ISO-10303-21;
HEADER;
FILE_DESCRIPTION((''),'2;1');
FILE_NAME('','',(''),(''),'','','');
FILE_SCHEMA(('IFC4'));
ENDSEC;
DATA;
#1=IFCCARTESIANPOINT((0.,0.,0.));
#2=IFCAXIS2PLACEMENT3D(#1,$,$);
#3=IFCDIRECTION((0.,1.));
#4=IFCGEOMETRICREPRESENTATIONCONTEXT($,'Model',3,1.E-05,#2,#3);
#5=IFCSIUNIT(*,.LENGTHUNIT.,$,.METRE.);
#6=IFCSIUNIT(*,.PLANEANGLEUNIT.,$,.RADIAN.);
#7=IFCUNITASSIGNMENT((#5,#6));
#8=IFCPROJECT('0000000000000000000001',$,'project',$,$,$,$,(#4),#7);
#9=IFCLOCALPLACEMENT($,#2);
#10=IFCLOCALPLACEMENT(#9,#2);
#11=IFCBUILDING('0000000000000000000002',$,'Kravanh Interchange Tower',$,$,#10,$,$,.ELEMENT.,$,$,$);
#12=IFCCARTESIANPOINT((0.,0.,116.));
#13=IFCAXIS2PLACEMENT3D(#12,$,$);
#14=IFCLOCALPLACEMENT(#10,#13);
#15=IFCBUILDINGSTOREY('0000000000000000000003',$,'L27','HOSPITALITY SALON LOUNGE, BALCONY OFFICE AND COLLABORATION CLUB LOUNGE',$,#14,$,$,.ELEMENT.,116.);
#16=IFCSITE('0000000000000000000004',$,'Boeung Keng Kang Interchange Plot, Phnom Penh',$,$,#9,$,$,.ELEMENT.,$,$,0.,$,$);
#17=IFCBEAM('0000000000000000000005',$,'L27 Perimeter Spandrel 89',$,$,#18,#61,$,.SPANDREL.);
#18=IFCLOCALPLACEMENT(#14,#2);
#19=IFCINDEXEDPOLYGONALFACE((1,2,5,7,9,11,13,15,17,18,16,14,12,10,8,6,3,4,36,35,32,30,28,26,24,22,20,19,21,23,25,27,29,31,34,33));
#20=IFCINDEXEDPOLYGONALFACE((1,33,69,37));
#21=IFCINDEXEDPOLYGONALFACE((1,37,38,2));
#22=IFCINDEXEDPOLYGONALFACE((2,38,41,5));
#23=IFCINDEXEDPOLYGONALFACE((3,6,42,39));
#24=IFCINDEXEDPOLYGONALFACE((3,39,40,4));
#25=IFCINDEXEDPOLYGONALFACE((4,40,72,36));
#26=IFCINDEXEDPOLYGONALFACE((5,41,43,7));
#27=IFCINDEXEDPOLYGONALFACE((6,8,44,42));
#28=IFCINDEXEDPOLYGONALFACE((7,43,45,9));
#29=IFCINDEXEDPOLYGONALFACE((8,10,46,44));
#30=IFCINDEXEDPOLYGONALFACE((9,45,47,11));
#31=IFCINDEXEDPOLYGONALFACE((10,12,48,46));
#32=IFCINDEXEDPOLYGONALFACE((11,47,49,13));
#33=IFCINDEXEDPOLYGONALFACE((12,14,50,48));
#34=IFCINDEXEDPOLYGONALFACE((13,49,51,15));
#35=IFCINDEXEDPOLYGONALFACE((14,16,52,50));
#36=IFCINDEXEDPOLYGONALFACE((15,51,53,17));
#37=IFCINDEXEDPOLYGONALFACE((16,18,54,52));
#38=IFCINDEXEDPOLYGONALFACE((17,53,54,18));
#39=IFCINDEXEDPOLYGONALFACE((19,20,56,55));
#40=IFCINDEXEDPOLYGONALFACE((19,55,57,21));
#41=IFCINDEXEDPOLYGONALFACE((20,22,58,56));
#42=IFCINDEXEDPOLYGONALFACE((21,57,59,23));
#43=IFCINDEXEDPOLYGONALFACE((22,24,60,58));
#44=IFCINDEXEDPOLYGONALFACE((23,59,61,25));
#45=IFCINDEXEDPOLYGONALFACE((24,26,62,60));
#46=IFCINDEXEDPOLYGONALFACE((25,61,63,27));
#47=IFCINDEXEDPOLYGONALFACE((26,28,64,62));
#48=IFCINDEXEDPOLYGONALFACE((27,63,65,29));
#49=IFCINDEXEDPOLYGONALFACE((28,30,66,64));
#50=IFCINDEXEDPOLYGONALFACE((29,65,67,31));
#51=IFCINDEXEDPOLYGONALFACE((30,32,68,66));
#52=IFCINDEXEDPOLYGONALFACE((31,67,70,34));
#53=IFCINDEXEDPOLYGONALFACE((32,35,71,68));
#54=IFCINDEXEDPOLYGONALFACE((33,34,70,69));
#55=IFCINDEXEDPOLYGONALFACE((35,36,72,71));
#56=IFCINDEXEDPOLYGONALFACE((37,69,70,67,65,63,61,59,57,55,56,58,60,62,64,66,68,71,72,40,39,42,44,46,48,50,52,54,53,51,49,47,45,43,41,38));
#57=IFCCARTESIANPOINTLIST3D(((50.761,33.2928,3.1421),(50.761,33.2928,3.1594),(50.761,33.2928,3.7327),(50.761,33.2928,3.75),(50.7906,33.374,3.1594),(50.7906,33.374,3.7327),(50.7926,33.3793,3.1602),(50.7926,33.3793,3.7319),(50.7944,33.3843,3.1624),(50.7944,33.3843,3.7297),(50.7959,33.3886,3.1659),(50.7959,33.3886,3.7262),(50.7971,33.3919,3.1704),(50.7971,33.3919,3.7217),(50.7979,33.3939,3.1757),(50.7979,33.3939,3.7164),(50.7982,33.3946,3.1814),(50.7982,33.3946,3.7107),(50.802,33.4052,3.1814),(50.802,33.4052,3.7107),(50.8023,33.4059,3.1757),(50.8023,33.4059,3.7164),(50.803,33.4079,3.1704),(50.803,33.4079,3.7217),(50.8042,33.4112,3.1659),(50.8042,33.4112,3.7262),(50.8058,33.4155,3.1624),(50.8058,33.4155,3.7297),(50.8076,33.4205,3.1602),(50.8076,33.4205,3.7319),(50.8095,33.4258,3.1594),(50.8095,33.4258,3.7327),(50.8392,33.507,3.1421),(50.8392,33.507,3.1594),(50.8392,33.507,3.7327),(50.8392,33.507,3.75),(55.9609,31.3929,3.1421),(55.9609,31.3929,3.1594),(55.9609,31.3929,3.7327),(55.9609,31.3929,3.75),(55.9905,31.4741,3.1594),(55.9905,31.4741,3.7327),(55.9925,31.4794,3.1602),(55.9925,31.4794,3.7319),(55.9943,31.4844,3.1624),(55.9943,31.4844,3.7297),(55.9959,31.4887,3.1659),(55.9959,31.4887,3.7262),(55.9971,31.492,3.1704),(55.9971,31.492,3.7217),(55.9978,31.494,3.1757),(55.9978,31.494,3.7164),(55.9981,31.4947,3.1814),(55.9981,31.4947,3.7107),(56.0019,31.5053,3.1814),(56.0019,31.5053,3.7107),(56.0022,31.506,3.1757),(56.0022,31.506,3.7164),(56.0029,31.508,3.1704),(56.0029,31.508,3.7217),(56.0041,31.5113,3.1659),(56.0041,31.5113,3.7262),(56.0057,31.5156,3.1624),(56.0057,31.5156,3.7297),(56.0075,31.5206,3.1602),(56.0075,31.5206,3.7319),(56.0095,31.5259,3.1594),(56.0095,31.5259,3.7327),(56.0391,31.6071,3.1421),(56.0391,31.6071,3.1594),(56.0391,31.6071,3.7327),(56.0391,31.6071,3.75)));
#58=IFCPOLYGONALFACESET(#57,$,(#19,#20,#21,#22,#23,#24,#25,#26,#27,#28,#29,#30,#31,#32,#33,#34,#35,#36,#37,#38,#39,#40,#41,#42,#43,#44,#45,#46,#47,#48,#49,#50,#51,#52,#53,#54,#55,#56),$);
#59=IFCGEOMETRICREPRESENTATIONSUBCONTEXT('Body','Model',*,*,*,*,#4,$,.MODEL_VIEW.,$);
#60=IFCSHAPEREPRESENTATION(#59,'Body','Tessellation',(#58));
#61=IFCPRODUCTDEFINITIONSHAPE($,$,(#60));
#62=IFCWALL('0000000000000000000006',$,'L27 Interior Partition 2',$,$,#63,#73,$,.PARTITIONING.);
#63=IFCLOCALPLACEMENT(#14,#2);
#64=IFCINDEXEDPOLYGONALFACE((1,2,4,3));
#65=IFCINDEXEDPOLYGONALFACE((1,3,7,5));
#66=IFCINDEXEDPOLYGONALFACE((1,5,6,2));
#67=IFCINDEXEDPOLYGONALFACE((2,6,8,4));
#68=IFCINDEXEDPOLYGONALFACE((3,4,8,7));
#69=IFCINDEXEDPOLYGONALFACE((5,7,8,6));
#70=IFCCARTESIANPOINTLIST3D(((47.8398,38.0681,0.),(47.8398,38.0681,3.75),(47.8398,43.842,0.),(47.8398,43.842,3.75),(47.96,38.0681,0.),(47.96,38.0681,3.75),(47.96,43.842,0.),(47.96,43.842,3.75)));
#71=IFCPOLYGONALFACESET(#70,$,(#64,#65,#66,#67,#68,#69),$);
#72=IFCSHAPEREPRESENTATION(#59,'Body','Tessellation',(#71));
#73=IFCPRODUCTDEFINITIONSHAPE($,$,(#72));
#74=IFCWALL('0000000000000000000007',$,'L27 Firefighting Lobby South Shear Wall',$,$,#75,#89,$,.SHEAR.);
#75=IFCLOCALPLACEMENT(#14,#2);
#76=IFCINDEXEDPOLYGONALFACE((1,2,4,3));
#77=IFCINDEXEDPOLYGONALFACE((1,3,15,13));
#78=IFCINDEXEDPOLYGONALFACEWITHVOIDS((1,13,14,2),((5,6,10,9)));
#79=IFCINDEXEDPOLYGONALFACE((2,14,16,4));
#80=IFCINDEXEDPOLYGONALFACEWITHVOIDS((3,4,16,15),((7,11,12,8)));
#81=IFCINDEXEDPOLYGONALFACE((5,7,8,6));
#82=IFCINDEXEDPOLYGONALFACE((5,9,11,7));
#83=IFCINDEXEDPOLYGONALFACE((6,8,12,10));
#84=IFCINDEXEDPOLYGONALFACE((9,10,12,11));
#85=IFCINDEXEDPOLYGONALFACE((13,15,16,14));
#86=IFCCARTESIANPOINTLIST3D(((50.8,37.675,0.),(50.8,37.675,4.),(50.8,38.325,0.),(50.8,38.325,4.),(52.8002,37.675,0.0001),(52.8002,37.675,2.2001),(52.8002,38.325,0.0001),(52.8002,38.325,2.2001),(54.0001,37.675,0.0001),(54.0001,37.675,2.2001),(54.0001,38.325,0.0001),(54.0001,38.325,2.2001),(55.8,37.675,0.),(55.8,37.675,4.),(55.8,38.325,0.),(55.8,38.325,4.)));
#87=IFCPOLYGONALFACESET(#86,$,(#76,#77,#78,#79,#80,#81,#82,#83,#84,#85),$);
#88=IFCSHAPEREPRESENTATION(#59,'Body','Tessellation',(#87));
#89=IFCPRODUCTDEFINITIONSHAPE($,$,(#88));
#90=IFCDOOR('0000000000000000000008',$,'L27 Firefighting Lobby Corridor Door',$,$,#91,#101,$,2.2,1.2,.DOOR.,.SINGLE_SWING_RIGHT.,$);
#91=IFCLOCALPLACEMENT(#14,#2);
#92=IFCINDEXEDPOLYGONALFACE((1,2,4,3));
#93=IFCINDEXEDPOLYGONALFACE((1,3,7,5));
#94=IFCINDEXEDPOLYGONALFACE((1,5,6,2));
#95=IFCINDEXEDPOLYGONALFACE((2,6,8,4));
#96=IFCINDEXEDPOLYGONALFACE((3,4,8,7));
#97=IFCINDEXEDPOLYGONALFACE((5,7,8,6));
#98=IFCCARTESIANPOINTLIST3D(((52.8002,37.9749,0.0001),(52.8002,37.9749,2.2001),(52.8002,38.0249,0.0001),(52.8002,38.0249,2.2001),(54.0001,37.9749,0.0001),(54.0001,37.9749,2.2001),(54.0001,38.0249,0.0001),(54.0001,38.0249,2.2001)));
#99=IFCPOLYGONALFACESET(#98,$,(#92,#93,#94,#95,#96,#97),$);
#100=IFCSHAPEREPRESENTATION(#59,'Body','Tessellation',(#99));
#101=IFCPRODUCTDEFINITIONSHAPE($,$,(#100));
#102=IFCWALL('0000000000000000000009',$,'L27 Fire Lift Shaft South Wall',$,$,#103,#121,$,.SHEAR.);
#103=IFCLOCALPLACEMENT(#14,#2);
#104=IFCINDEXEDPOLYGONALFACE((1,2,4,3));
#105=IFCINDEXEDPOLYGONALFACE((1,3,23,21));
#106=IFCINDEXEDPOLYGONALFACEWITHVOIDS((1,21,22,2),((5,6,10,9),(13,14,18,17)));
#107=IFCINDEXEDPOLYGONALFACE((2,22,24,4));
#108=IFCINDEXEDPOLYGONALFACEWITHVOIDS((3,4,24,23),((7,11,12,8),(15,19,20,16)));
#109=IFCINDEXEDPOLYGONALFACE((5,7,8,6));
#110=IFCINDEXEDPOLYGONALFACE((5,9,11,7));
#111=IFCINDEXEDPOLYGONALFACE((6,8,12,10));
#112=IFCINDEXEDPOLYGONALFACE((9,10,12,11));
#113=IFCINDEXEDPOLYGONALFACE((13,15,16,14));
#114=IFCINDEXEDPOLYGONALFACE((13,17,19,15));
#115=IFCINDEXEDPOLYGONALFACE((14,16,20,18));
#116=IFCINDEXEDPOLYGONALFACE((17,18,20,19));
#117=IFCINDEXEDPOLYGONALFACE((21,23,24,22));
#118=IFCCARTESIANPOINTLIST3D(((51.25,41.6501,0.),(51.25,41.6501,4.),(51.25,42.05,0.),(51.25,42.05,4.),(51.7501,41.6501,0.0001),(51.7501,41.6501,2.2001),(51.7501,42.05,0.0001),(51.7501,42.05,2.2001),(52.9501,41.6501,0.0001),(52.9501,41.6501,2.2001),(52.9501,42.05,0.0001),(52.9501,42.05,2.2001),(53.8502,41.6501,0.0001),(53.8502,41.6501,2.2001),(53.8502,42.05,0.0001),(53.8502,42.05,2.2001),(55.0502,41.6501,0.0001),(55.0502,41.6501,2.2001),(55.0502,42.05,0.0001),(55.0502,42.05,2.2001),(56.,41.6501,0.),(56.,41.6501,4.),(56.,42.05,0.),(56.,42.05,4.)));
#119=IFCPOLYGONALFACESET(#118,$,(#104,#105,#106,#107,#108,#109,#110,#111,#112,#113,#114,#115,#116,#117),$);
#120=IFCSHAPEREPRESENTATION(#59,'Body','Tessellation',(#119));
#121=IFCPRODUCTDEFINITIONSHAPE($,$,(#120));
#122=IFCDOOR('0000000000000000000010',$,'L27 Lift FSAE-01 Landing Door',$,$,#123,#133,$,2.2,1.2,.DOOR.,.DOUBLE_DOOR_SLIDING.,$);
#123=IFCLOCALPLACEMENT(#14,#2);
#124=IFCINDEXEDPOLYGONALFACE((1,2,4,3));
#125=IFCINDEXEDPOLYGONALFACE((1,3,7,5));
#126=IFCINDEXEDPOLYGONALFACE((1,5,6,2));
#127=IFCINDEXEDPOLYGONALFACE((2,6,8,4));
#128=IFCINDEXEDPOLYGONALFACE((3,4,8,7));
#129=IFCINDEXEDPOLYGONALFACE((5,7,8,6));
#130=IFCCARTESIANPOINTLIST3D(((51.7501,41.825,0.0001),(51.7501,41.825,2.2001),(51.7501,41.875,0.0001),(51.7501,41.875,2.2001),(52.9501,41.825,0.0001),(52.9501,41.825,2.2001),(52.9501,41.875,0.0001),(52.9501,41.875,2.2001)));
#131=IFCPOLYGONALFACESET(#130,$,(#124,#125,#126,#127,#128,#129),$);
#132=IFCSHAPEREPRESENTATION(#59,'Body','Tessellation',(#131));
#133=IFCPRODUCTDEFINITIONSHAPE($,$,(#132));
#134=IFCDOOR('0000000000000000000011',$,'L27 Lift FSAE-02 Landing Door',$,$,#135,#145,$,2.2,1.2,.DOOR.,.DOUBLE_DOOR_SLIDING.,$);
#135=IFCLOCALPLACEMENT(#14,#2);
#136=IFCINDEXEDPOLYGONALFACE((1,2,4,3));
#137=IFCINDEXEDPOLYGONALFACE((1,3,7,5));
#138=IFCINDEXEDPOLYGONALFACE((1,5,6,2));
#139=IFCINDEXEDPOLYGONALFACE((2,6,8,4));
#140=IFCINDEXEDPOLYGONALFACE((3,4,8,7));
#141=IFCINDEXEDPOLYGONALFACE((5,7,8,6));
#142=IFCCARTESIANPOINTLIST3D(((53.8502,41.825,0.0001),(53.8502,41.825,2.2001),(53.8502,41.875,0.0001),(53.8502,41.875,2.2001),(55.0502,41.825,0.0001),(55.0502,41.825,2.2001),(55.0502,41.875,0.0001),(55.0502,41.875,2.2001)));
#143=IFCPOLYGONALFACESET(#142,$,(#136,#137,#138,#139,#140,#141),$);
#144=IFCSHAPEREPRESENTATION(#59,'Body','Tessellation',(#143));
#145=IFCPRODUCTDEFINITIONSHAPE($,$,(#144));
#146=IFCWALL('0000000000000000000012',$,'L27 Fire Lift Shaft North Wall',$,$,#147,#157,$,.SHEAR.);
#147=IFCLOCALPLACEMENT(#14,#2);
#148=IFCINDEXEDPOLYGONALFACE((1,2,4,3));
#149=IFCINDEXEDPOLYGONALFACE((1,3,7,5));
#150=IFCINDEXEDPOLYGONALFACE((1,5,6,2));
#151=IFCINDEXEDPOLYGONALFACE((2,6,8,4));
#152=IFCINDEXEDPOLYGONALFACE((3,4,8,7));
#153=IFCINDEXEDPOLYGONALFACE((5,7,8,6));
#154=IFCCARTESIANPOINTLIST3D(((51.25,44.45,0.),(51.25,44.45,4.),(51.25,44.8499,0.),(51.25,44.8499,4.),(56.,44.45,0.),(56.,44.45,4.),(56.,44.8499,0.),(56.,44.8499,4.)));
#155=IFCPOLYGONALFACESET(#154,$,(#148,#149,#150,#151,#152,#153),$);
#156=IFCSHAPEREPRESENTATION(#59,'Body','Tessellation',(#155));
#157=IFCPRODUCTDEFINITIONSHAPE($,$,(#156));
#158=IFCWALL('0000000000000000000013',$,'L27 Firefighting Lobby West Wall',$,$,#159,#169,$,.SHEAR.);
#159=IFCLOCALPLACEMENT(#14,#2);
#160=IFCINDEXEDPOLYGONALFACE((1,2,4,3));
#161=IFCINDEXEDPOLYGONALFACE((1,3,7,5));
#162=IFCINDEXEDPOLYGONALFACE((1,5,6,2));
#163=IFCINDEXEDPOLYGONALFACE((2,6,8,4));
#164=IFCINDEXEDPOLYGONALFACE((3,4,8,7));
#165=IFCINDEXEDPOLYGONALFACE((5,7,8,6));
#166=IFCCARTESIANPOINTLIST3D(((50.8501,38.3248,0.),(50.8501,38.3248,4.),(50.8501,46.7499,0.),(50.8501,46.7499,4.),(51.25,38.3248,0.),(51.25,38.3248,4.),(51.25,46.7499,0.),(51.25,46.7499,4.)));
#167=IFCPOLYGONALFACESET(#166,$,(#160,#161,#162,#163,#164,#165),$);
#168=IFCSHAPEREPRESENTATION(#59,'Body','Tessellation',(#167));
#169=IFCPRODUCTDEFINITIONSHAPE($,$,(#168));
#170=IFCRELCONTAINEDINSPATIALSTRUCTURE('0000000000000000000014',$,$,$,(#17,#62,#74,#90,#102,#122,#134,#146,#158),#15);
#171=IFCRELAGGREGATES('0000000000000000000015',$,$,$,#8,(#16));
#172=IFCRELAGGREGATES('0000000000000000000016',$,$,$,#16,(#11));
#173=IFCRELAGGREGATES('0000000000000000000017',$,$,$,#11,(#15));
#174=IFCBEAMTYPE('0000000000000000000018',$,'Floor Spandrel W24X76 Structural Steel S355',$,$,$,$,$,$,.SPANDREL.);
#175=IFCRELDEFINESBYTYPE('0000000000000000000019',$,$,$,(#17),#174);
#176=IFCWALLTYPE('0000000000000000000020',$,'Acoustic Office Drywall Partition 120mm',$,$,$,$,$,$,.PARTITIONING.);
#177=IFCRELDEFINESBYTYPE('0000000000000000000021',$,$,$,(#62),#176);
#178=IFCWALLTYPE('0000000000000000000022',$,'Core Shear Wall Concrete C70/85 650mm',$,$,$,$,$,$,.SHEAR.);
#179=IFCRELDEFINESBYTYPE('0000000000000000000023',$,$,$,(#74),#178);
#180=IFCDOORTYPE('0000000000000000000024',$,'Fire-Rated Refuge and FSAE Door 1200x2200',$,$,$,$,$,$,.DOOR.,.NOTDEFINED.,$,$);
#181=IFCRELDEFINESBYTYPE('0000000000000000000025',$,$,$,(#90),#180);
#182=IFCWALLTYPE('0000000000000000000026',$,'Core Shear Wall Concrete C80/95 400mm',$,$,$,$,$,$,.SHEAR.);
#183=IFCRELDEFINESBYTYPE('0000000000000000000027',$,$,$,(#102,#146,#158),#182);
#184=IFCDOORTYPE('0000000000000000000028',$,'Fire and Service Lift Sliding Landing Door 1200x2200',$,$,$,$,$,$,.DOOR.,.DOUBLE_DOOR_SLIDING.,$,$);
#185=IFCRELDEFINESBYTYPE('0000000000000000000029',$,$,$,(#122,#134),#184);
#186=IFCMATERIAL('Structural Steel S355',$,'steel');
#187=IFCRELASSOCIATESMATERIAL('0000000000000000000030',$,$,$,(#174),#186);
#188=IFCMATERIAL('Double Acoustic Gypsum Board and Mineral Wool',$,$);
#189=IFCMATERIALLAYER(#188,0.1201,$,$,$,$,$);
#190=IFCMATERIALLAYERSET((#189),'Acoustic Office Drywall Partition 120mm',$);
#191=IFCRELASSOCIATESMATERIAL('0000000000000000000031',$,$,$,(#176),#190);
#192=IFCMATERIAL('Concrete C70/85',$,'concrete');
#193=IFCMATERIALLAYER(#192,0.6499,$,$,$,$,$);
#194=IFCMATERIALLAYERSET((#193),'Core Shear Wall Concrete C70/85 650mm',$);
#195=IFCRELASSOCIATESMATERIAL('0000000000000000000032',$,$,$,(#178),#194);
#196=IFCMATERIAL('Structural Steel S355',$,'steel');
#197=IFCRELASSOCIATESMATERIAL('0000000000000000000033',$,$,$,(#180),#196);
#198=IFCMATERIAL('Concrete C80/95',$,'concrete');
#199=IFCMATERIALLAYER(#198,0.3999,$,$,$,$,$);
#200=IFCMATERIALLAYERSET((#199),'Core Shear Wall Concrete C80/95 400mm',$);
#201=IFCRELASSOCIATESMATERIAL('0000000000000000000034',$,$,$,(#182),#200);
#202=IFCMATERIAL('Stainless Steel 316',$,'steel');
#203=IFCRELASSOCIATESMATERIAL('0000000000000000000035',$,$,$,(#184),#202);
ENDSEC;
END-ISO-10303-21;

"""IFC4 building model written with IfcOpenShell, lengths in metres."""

from ifc_helpers import new_model, si_unit, direction, frame, frame_2d, origin, origin_2d, place, context, subcontext, project, spatial, rectangle, i_section, extrude, material, layer, layer_set, material_profile, profile_set, type_object, element, fill, save


model = new_model("IFC4")

# Units and contexts
model_context = context("Model", 3, precision=1e-05, world=origin(), true_north=direction((0.0, 1.0)))
body_context = subcontext(model_context, "Body", "Model", "MODEL_VIEW")
ifc_project = project(units=[si_unit("LENGTHUNIT", "METRE"), si_unit("PLANEANGLEUNIT", "RADIAN")], contexts=[model_context])

# Site, building, storey
site_placement = place(None, origin())
site = spatial("IfcSite", under=ifc_project, at=site_placement, Name="Boeung Keng Kang Interchange Plot, Phnom Penh", CompositionType="ELEMENT", RefElevation=0.0)
building_placement = place(site_placement, origin())
building = spatial("IfcBuilding", under=site, at=building_placement, Name="Kravanh Interchange Tower", CompositionType="ELEMENT")
storey_placement = place(building_placement, frame((0.0, 0.0, 116.0)))
storey = spatial("IfcBuildingStorey", under=building, at=storey_placement, Name="L27", Description="HOSPITALITY SALON LOUNGE, BALCONY OFFICE AND COLLABORATION CLUB LOUNGE", CompositionType="ELEMENT", Elevation=116.0)

# Beam
ifc_material_1 = material(Name="Structural Steel S355", Category="steel")
ifc_material_profile_1 = material_profile(ifc_material_1, i_section(OverallWidth=0.228, OverallDepth=0.6079, WebThickness=0.0112, FlangeThickness=0.0173, FilletRadius=0.022, at=origin_2d()), Name="W24X76")
ifc_profile_set_1 = profile_set([ifc_material_profile_1], Name="Structural Steel S355")
beam_type_1 = type_object("IfcBeamType", Name="Floor Spandrel W24X76 Structural Steel S355", PredefinedType="SPANDREL", material=ifc_profile_set_1)
beam_1_placement = place(storey_placement, frame((56.0, 31.5, 3.446), z_axis=(-0.93927, 0.34318, 0.0), x_axis=(-0.34318, -0.93927, 0.0)))
element("IfcBeam", 1, at=beam_1_placement, inside=storey, type_object=beam_type_1, Name="L27 Perimeter Spandrel 89", PredefinedType="SPANDREL", context=body_context, shape_type="SweptSolid", body=[
    extrude(i_section(OverallWidth=0.228, OverallDepth=0.6079, WebThickness=0.0112, FlangeThickness=0.0173, FilletRadius=0.022, at=origin_2d()), origin(), (0.0, 0.0, 1.0), 5.5361),
])

# Wall
ifc_material_2 = material(Name="Double Acoustic Gypsum Board and Mineral Wool")
ifc_layer_1 = layer(ifc_material_2, 0.1201)
ifc_layer_set_1 = layer_set([ifc_layer_1], Name="Acoustic Office Drywall Partition 120mm")
wall_type_1 = type_object("IfcWallType", Name="Acoustic Office Drywall Partition 120mm", PredefinedType="PARTITIONING", material=ifc_layer_set_1)
wall_1_placement = place(storey_placement, frame((47.8999, 38.0681, 0.0), z_axis=(0.0, 0.0, 1.0), x_axis=(0.0, 1.0, 0.0)))
element("IfcWall", 2, at=wall_1_placement, inside=storey, type_object=wall_type_1, Name="L27 Interior Partition 2", PredefinedType="PARTITIONING", context=body_context, shape_type="SweptSolid", body=[
    extrude(rectangle(XDim=5.7739, YDim=0.1201, at=frame_2d((2.887, 0.0))), origin(), (0.0, 0.0, 1.0), 3.75),
])

# Shared definitions
ifc_material_3 = material(Name="Concrete C70/85", Category="concrete")
ifc_layer_2 = layer(ifc_material_3, 0.6499)
ifc_layer_set_2 = layer_set([ifc_layer_2], Name="Core Shear Wall Concrete C70/85 650mm")
wall_type_2 = type_object("IfcWallType", Name="Core Shear Wall Concrete C70/85 650mm", PredefinedType="SHEAR", material=ifc_layer_set_2)

# Wall, opening, door
wall_2_placement = place(storey_placement, frame((50.8, 38.0, 0.0), z_axis=(0.0, 0.0, 1.0), x_axis=(1.0, 0.0, 0.0)))
wall_2 = element("IfcWall", 3, at=wall_2_placement, inside=storey, type_object=wall_type_2, Name="L27 Firefighting Lobby South Shear Wall", PredefinedType="SHEAR", context=body_context, shape_type="SweptSolid", body=[
    extrude(rectangle(XDim=5.0, YDim=0.6499, at=frame_2d((2.5, 0.0))), origin(), (0.0, 0.0, 1.0), 4.0),
])
opening_1_placement = place(wall_2_placement, frame((2.0, 0.0, 0.0)))
opening_1 = element("IfcOpeningElement", 4, at=opening_1_placement, cuts=wall_2, PredefinedType="OPENING", context=body_context, shape_type="SweptSolid", body=[
    extrude(rectangle(XDim=1.2, YDim=2.2, at=frame_2d((0.6001, 1.1001))), frame((0.0, 0.335, 0.0), z_axis=(0.0, -1.0, 0.0), x_axis=(1.0, 0.0, 0.0)), (0.0, 0.0, 1.0), 0.6699),
])
ifc_material_4 = material(Name="Structural Steel S355", Category="steel")
door_type_1 = type_object("IfcDoorType", Name="Fire-Rated Refuge and FSAE Door 1200x2200", OperationType="NOTDEFINED", PredefinedType="DOOR", material=ifc_material_4)
door_1_placement = place(opening_1_placement, origin())
door_1 = element("IfcDoor", 5, at=door_1_placement, inside=storey, type_object=door_type_1, Name="L27 Firefighting Lobby Corridor Door", OperationType="SINGLE_SWING_RIGHT", OverallHeight=2.2, OverallWidth=1.2, PredefinedType="DOOR", context=body_context, shape_type="SweptSolid", body=[
    extrude(rectangle(XDim=1.2, YDim=2.2, at=frame_2d((0.6001, 1.1001))), frame((0.0, 0.0249, 0.0), z_axis=(0.0, -1.0, 0.0), x_axis=(1.0, 0.0, 0.0)), (0.0, 0.0, 1.0), 0.05),
])
fill(opening_1, door_1)

# Wall, openings, doors
ifc_material_5 = material(Name="Concrete C80/95", Category="concrete")
ifc_layer_3 = layer(ifc_material_5, 0.3999)
ifc_layer_set_3 = layer_set([ifc_layer_3], Name="Core Shear Wall Concrete C80/95 400mm")
wall_type_3 = type_object("IfcWallType", Name="Core Shear Wall Concrete C80/95 400mm", PredefinedType="SHEAR", material=ifc_layer_set_3)
wall_3_placement = place(storey_placement, frame((51.25, 41.8501, 0.0), z_axis=(0.0, 0.0, 1.0), x_axis=(1.0, 0.0, 0.0)))
wall_3 = element("IfcWall", 6, at=wall_3_placement, inside=storey, type_object=wall_type_3, Name="L27 Fire Lift Shaft South Wall", PredefinedType="SHEAR", context=body_context, shape_type="SweptSolid", body=[
    extrude(rectangle(XDim=4.75, YDim=0.3999, at=frame_2d((2.375, 0.0))), origin(), (0.0, 0.0, 1.0), 4.0),
])
opening_2_placement = place(wall_3_placement, frame((0.5, 0.0, 0.0)))
opening_2 = element("IfcOpeningElement", 7, at=opening_2_placement, cuts=wall_3, PredefinedType="OPENING", context=body_context, shape_type="SweptSolid", body=[
    extrude(rectangle(XDim=1.2, YDim=2.2, at=frame_2d((0.6001, 1.1001))), frame((0.0, 0.21, 0.0), z_axis=(0.0, -1.0, 0.0), x_axis=(1.0, 0.0, 0.0)), (0.0, 0.0, 1.0), 0.4199),
])
opening_3_placement = place(wall_3_placement, frame((2.6001, 0.0, 0.0)))
opening_3 = element("IfcOpeningElement", 8, at=opening_3_placement, cuts=wall_3, PredefinedType="OPENING", context=body_context, shape_type="SweptSolid", body=[
    extrude(rectangle(XDim=1.2, YDim=2.2, at=frame_2d((0.6001, 1.1001))), frame((0.0, 0.21, 0.0), z_axis=(0.0, -1.0, 0.0), x_axis=(1.0, 0.0, 0.0)), (0.0, 0.0, 1.0), 0.4199),
])
ifc_material_6 = material(Name="Stainless Steel 316", Category="steel")
door_type_2 = type_object("IfcDoorType", Name="Fire and Service Lift Sliding Landing Door 1200x2200", OperationType="DOUBLE_DOOR_SLIDING", PredefinedType="DOOR", material=ifc_material_6)
door_2_placement = place(opening_2_placement, origin())
door_2 = element("IfcDoor", 9, at=door_2_placement, inside=storey, type_object=door_type_2, Name="L27 Lift FSAE-01 Landing Door", OperationType="DOUBLE_DOOR_SLIDING", OverallHeight=2.2, OverallWidth=1.2, PredefinedType="DOOR", context=body_context, shape_type="SweptSolid", body=[
    extrude(rectangle(XDim=1.2, YDim=2.2, at=frame_2d((0.6001, 1.1001))), frame((0.0, 0.0249, 0.0), z_axis=(0.0, -1.0, 0.0), x_axis=(1.0, 0.0, 0.0)), (0.0, 0.0, 1.0), 0.05),
])
fill(opening_2, door_2)
door_3_placement = place(opening_3_placement, origin())
door_3 = element("IfcDoor", 10, at=door_3_placement, inside=storey, type_object=door_type_2, Name="L27 Lift FSAE-02 Landing Door", OperationType="DOUBLE_DOOR_SLIDING", OverallHeight=2.2, OverallWidth=1.2, PredefinedType="DOOR", context=body_context, shape_type="SweptSolid", body=[
    extrude(rectangle(XDim=1.2, YDim=2.2, at=frame_2d((0.6001, 1.1001))), frame((0.0, 0.0249, 0.0), z_axis=(0.0, -1.0, 0.0), x_axis=(1.0, 0.0, 0.0)), (0.0, 0.0, 1.0), 0.05),
])
fill(opening_3, door_3)

# Walls
wall_4_placement = place(storey_placement, frame((51.25, 44.6499, 0.0), z_axis=(0.0, 0.0, 1.0), x_axis=(1.0, 0.0, 0.0)))
element("IfcWall", 11, at=wall_4_placement, inside=storey, type_object=wall_type_3, Name="L27 Fire Lift Shaft North Wall", PredefinedType="SHEAR", context=body_context, shape_type="SweptSolid", body=[
    extrude(rectangle(XDim=4.75, YDim=0.3999, at=frame_2d((2.375, 0.0))), origin(), (0.0, 0.0, 1.0), 4.0),
])
wall_5_placement = place(storey_placement, frame((51.05, 38.325, 0.0), z_axis=(0.0, 0.0, 1.0), x_axis=(0.0, 1.0, 0.0)))
element("IfcWall", 12, at=wall_5_placement, inside=storey, type_object=wall_type_3, Name="L27 Firefighting Lobby West Wall", PredefinedType="SHEAR", context=body_context, shape_type="SweptSolid", body=[
    extrude(rectangle(XDim=8.425, YDim=0.3999, at=frame_2d((4.2124, 0.0))), origin(), (0.0, 0.0, 1.0), 4.0),
])

save(model, "model.ifc")
